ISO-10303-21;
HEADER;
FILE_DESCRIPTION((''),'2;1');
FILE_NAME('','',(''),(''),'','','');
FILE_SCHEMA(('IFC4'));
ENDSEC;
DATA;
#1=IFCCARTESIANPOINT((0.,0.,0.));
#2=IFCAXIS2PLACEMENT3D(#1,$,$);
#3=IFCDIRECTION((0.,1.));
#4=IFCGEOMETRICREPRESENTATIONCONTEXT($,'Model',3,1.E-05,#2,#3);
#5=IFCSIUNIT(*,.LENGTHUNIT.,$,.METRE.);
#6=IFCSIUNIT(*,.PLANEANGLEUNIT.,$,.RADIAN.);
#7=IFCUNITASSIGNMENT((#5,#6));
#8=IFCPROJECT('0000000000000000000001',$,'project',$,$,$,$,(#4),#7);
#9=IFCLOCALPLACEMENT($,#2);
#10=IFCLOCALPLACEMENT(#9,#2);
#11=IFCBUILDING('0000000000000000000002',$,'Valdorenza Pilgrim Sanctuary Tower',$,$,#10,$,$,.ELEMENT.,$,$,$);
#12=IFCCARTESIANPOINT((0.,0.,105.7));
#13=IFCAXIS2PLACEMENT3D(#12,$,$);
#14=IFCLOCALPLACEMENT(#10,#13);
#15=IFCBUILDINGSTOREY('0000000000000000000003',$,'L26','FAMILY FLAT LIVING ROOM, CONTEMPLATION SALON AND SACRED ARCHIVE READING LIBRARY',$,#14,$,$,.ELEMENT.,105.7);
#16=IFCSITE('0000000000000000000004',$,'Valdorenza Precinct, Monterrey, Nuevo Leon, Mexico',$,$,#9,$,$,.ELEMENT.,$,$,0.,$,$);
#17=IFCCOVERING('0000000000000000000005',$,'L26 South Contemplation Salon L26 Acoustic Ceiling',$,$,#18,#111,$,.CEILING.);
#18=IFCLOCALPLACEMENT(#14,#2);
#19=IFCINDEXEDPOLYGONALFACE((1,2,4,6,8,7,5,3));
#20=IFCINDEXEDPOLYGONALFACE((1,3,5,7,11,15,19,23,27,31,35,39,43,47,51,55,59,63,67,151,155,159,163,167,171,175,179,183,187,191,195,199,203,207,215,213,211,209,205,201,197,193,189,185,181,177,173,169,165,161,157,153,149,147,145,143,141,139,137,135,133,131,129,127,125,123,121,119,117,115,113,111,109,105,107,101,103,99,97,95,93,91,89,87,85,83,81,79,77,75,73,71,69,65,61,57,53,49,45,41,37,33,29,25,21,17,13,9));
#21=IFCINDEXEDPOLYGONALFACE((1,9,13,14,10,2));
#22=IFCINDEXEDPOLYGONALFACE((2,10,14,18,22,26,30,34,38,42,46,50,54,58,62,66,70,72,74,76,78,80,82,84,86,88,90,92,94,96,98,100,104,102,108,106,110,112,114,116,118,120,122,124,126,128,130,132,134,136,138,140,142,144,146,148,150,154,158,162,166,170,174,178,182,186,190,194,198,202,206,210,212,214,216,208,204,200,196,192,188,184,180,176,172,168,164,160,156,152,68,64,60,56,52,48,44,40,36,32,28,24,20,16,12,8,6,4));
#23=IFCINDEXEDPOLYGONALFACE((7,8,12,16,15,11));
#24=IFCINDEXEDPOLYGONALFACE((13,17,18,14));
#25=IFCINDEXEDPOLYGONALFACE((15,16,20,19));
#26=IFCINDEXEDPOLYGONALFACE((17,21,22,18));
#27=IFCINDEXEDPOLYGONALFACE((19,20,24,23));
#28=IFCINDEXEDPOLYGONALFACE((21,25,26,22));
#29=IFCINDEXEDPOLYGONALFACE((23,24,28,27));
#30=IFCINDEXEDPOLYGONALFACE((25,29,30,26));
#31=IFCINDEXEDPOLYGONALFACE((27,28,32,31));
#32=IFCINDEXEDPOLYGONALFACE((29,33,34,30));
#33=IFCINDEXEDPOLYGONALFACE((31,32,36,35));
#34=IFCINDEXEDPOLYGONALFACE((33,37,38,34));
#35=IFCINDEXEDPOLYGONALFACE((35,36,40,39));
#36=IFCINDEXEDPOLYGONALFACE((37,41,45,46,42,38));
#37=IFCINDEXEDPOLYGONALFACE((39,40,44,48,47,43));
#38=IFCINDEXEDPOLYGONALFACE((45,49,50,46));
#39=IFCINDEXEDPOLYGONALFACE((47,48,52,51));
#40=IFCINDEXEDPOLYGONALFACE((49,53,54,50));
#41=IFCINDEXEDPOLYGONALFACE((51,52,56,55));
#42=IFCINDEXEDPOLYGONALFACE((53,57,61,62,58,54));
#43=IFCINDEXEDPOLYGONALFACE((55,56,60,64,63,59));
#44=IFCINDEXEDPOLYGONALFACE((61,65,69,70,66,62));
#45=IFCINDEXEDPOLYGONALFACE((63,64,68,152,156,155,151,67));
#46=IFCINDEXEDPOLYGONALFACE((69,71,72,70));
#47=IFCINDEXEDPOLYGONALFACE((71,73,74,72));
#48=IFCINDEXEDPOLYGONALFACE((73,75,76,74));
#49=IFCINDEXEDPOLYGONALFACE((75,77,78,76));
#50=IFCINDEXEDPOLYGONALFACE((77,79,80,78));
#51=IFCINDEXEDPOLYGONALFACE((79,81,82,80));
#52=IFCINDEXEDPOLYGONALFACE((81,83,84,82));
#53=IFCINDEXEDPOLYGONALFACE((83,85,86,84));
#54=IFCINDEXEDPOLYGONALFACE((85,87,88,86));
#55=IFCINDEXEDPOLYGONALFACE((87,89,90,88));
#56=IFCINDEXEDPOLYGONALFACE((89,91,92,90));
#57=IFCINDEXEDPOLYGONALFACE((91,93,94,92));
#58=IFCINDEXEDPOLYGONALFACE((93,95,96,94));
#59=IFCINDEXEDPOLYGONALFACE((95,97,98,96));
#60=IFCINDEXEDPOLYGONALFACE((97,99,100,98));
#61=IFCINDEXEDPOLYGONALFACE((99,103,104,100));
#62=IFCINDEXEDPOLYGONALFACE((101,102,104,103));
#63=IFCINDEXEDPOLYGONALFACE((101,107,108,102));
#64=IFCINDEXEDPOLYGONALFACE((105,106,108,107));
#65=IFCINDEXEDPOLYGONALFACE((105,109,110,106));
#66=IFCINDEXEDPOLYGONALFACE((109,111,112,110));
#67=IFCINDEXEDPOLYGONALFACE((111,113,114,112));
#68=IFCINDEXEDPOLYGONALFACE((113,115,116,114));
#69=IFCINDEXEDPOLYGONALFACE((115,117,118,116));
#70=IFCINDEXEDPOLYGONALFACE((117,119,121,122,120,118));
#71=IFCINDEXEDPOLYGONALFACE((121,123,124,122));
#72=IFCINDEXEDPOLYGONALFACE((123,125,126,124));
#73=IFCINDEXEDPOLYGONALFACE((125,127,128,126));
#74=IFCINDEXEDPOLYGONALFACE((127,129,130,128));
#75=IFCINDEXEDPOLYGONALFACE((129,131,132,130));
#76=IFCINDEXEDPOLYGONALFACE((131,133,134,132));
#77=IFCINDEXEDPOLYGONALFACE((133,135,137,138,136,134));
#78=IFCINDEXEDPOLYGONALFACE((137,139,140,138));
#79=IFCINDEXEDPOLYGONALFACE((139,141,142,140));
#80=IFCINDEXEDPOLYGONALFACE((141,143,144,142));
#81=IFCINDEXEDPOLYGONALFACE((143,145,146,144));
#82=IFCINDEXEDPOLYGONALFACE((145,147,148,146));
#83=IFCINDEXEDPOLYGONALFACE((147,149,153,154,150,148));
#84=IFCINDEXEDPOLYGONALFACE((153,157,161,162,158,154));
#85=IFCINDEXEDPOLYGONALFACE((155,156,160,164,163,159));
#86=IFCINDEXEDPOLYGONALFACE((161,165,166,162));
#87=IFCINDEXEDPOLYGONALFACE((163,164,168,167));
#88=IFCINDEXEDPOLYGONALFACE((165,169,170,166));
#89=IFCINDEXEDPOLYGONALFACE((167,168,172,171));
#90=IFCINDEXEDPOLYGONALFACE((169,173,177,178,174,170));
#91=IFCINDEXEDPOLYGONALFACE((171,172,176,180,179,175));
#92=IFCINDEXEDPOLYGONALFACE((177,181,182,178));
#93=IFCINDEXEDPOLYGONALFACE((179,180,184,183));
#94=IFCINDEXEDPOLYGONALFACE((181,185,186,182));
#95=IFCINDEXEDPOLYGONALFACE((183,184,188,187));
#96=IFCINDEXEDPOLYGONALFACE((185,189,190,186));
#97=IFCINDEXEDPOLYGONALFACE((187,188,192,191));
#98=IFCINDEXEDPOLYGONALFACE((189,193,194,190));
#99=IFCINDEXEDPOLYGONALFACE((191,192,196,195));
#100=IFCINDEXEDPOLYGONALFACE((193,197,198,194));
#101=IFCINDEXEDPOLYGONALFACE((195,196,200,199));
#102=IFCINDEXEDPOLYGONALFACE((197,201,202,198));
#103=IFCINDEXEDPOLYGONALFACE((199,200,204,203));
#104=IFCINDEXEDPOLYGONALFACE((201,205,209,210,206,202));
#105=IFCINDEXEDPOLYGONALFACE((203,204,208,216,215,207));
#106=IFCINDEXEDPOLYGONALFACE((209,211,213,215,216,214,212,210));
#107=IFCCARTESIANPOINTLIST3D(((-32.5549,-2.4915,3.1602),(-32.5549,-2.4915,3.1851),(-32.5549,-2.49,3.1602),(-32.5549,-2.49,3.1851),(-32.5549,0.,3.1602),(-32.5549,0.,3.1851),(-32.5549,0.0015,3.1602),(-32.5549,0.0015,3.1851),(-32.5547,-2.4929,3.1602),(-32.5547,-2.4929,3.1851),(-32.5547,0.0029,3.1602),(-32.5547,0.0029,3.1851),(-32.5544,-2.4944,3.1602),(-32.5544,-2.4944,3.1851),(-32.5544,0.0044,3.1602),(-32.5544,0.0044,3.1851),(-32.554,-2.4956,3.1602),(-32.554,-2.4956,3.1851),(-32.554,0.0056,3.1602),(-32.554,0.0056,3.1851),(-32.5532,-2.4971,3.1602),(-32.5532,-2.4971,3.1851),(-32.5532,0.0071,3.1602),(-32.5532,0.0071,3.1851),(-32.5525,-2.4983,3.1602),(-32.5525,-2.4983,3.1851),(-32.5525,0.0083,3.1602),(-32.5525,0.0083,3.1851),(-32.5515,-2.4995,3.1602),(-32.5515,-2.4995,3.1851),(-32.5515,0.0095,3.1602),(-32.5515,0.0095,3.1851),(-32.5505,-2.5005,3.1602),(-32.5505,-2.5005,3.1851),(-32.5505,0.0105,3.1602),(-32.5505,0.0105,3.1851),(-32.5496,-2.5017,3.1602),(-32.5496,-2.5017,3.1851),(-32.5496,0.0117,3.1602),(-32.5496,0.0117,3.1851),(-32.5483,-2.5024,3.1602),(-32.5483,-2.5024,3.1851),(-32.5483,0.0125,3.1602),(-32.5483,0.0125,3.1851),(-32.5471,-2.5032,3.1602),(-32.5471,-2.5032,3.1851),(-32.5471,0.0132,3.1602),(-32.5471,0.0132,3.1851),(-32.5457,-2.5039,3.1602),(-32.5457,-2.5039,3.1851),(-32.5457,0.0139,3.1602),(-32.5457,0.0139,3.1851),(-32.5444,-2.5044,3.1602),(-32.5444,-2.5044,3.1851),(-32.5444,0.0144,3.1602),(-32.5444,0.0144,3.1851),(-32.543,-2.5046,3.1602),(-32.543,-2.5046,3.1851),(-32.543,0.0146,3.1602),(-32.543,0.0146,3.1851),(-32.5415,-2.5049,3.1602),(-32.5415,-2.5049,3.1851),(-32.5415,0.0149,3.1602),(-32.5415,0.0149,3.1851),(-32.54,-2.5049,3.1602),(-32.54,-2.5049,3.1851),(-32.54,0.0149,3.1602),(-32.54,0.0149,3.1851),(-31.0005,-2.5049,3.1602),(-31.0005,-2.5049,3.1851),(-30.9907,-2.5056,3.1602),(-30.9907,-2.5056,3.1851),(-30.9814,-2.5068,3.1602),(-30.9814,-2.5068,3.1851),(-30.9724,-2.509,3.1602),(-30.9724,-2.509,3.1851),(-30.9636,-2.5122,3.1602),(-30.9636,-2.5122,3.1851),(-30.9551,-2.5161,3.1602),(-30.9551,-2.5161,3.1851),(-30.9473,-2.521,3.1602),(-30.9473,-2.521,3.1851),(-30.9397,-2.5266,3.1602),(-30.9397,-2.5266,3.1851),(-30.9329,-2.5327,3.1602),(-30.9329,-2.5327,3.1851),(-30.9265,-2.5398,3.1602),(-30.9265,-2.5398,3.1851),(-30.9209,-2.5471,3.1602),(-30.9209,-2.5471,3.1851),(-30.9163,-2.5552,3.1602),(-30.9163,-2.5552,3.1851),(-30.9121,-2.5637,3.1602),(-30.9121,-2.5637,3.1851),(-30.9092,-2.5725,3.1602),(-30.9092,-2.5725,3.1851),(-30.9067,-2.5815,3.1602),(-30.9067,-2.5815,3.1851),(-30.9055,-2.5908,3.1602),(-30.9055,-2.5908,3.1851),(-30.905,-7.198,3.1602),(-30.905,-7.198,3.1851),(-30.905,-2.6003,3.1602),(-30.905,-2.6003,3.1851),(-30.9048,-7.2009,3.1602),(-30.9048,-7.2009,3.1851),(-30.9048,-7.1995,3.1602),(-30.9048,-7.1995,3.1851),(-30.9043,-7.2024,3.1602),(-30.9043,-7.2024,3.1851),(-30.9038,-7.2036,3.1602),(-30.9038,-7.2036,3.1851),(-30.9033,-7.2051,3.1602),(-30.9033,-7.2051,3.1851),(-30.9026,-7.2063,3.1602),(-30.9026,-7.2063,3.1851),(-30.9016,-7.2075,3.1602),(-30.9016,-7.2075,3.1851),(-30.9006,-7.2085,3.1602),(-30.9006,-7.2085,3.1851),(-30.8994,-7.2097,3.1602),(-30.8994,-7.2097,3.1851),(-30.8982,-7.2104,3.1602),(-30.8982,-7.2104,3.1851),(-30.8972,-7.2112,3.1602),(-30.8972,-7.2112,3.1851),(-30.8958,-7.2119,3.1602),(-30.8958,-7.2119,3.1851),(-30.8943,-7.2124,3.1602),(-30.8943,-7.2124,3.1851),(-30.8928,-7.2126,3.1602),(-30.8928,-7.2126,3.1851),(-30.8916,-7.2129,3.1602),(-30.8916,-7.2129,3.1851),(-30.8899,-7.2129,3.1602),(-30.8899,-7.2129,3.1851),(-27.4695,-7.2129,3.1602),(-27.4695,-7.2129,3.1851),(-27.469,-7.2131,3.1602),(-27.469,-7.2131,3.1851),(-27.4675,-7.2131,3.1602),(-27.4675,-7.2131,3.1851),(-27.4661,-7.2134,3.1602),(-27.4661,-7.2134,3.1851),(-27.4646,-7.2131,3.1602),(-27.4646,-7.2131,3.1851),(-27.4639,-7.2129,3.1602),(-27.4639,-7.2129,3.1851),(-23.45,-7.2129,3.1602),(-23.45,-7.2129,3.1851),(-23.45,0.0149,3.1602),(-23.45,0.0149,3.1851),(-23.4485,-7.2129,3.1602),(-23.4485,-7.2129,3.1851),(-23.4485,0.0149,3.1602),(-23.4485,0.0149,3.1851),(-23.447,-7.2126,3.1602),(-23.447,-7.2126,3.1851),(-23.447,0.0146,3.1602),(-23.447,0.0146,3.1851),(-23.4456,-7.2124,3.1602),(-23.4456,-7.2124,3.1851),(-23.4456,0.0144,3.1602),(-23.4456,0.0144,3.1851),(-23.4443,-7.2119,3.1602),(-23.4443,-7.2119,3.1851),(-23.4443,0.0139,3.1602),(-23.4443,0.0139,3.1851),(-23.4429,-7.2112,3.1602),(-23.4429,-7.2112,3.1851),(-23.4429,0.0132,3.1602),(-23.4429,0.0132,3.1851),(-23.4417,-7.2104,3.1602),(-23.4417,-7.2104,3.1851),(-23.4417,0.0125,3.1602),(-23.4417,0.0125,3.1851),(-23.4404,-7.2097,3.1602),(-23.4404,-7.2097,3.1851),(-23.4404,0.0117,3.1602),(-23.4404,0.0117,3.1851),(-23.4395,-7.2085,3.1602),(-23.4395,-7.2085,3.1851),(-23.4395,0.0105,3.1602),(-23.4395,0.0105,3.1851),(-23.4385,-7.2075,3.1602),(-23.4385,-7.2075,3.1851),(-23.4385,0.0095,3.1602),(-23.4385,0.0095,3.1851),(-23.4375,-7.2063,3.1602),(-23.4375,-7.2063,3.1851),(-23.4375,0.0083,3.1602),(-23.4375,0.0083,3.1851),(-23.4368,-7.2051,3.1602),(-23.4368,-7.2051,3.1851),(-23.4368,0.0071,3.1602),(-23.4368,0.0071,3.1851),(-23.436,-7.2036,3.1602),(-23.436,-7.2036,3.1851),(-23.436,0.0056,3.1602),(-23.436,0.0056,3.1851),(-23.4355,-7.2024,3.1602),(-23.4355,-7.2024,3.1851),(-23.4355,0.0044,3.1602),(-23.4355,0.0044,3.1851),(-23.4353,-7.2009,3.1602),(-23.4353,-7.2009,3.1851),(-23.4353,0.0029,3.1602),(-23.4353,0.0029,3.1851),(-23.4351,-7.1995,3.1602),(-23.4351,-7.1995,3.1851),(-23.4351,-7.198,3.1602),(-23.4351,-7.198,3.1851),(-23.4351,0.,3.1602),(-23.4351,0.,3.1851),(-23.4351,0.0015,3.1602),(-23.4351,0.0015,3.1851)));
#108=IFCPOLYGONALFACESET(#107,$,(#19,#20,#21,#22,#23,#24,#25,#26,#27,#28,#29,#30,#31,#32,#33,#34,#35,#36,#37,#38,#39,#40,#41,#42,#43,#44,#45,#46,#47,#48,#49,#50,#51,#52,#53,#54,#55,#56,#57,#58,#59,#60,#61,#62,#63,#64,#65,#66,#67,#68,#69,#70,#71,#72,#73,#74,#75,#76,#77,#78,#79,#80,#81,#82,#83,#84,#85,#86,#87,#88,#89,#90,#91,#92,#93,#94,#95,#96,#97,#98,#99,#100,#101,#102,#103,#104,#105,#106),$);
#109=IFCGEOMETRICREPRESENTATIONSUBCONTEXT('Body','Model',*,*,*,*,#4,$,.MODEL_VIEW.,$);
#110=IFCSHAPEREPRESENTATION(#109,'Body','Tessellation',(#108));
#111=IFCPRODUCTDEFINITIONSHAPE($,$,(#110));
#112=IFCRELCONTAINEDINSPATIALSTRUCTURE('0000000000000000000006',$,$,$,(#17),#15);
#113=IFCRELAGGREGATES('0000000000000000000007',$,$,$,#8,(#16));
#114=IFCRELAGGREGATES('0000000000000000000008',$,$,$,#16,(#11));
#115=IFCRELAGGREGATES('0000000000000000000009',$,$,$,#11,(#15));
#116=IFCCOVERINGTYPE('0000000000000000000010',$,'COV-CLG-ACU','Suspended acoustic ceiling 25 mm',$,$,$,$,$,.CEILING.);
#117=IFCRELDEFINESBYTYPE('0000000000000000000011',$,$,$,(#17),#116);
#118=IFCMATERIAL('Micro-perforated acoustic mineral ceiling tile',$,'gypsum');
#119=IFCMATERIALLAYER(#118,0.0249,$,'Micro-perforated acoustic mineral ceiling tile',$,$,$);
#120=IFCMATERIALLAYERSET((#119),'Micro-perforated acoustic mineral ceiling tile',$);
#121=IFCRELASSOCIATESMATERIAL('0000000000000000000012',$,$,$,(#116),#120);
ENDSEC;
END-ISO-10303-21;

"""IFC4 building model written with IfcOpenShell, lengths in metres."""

from ifc_helpers import new_model, si_unit, direction, frame, origin, place, context, subcontext, project, spatial, polyline, outline, extrude, material, layer, layer_set, type_object, element, save


model = new_model("IFC4")

# Units and contexts
model_context = context("Model", 3, precision=1e-05, world=origin(), true_north=direction((0.0, 1.0)))
body_context = subcontext(model_context, "Body", "Model", "MODEL_VIEW")
ifc_project = project(units=[si_unit("LENGTHUNIT", "METRE"), si_unit("PLANEANGLEUNIT", "RADIAN")], contexts=[model_context])

# Site, building, storey
site_placement = place(None, origin())
site = spatial("IfcSite", under=ifc_project, at=site_placement, Name="Valdorenza Precinct, Monterrey, Nuevo Leon, Mexico", CompositionType="ELEMENT", RefElevation=0.0)
building_placement = place(site_placement, origin())
building = spatial("IfcBuilding", under=site, at=building_placement, Name="Valdorenza Pilgrim Sanctuary Tower", CompositionType="ELEMENT")
storey_placement = place(building_placement, frame((0.0, 0.0, 105.7)))
storey = spatial("IfcBuildingStorey", under=building, at=storey_placement, Name="L26", Description="FAMILY FLAT LIVING ROOM, CONTEMPLATION SALON AND SACRED ARCHIVE READING LIBRARY", CompositionType="ELEMENT", Elevation=105.7)

# Covering
ifc_material_1 = material(Name="Micro-perforated acoustic mineral ceiling tile", Category="gypsum")
ifc_layer_1 = layer(ifc_material_1, 0.0249, Name="Micro-perforated acoustic mineral ceiling tile")
ifc_layer_set_1 = layer_set([ifc_layer_1], Name="Micro-perforated acoustic mineral ceiling tile")
covering_type_1 = type_object("IfcCoveringType", Name="COV-CLG-ACU", Description="Suspended acoustic ceiling 25 mm", PredefinedType="CEILING", material=ifc_layer_set_1)
covering_1_placement = place(storey_placement, frame((0.0, 0.0, 3.1602)))
element("IfcCovering", 1, at=covering_1_placement, inside=storey, type_object=covering_type_1, Name="L26 South Contemplation Salon L26 Acoustic Ceiling", PredefinedType="CEILING", context=body_context, shape_type="SweptSolid", body=[
    extrude(outline(polyline([(-27.4695, -7.2129), (-30.8899, -7.2129), (-30.8916, -7.2129), (-30.8928, -7.2126), (-30.8943, -7.2124), (-30.8958, -7.2119), (-30.8972, -7.2112), (-30.8982, -7.2104), (-30.8994, -7.2097), (-30.9006, -7.2085), (-30.9016, -7.2075), (-30.9026, -7.2063), (-30.9033, -7.2051), (-30.9038, -7.2036), (-30.9043, -7.2024), (-30.9048, -7.2009), (-30.9048, -7.1995), (-30.905, -7.198), (-30.905, -2.6003), (-30.9055, -2.5908), (-30.9067, -2.5815), (-30.9092, -2.5725), (-30.9121, -2.5637), (-30.9163, -2.5552), (-30.9209, -2.5471), (-30.9265, -2.5398), (-30.9329, -2.5327), (-30.9397, -2.5266), (-30.9473, -2.521), (-30.9551, -2.5161), (-30.9636, -2.5122), (-30.9724, -2.509), (-30.9814, -2.5068), (-30.9907, -2.5056), (-31.0005, -2.5049), (-32.54, -2.5049), (-32.5415, -2.5049), (-32.543, -2.5046), (-32.5444, -2.5044), (-32.5457, -2.5039), (-32.5471, -2.5032), (-32.5483, -2.5024), (-32.5496, -2.5017), (-32.5505, -2.5005), (-32.5515, -2.4995), (-32.5525, -2.4983), (-32.5532, -2.4971), (-32.554, -2.4956), (-32.5544, -2.4944), (-32.5547, -2.4929), (-32.5549, -2.4915), (-32.5549, -2.49), (-32.5549, 0.0), (-32.5549, 0.0015), (-32.5547, 0.0029), (-32.5544, 0.0044), (-32.554, 0.0056), (-32.5532, 0.0071), (-32.5525, 0.0083), (-32.5515, 0.0095), (-32.5505, 0.0105), (-32.5496, 0.0117), (-32.5483, 0.0125), (-32.5471, 0.0132), (-32.5457, 0.0139), (-32.5444, 0.0144), (-32.543, 0.0146), (-32.5415, 0.0149), (-32.54, 0.0149), (-23.45, 0.0149), (-23.4485, 0.0149), (-23.447, 0.0146), (-23.4456, 0.0144), (-23.4443, 0.0139), (-23.4429, 0.0132), (-23.4417, 0.0125), (-23.4404, 0.0117), (-23.4395, 0.0105), (-23.4385, 0.0095), (-23.4375, 0.0083), (-23.4368, 0.0071), (-23.436, 0.0056), (-23.4355, 0.0044), (-23.4353, 0.0029), (-23.4351, 0.0015), (-23.4351, 0.0), (-23.4351, -7.198), (-23.4351, -7.1995), (-23.4353, -7.2009), (-23.4355, -7.2024), (-23.436, -7.2036), (-23.4368, -7.2051), (-23.4375, -7.2063), (-23.4385, -7.2075), (-23.4395, -7.2085), (-23.4404, -7.2097), (-23.4417, -7.2104), (-23.4429, -7.2112), (-23.4443, -7.2119), (-23.4456, -7.2124), (-23.447, -7.2126), (-23.4485, -7.2129), (-23.45, -7.2129), (-27.4639, -7.2129), (-27.4646, -7.2131), (-27.4661, -7.2134), (-27.4675, -7.2131), (-27.469, -7.2131), (-27.4695, -7.2129)])), origin(), (0.0, 0.0, 1.0), 0.0249),
])

save(model, "model.ifc")
